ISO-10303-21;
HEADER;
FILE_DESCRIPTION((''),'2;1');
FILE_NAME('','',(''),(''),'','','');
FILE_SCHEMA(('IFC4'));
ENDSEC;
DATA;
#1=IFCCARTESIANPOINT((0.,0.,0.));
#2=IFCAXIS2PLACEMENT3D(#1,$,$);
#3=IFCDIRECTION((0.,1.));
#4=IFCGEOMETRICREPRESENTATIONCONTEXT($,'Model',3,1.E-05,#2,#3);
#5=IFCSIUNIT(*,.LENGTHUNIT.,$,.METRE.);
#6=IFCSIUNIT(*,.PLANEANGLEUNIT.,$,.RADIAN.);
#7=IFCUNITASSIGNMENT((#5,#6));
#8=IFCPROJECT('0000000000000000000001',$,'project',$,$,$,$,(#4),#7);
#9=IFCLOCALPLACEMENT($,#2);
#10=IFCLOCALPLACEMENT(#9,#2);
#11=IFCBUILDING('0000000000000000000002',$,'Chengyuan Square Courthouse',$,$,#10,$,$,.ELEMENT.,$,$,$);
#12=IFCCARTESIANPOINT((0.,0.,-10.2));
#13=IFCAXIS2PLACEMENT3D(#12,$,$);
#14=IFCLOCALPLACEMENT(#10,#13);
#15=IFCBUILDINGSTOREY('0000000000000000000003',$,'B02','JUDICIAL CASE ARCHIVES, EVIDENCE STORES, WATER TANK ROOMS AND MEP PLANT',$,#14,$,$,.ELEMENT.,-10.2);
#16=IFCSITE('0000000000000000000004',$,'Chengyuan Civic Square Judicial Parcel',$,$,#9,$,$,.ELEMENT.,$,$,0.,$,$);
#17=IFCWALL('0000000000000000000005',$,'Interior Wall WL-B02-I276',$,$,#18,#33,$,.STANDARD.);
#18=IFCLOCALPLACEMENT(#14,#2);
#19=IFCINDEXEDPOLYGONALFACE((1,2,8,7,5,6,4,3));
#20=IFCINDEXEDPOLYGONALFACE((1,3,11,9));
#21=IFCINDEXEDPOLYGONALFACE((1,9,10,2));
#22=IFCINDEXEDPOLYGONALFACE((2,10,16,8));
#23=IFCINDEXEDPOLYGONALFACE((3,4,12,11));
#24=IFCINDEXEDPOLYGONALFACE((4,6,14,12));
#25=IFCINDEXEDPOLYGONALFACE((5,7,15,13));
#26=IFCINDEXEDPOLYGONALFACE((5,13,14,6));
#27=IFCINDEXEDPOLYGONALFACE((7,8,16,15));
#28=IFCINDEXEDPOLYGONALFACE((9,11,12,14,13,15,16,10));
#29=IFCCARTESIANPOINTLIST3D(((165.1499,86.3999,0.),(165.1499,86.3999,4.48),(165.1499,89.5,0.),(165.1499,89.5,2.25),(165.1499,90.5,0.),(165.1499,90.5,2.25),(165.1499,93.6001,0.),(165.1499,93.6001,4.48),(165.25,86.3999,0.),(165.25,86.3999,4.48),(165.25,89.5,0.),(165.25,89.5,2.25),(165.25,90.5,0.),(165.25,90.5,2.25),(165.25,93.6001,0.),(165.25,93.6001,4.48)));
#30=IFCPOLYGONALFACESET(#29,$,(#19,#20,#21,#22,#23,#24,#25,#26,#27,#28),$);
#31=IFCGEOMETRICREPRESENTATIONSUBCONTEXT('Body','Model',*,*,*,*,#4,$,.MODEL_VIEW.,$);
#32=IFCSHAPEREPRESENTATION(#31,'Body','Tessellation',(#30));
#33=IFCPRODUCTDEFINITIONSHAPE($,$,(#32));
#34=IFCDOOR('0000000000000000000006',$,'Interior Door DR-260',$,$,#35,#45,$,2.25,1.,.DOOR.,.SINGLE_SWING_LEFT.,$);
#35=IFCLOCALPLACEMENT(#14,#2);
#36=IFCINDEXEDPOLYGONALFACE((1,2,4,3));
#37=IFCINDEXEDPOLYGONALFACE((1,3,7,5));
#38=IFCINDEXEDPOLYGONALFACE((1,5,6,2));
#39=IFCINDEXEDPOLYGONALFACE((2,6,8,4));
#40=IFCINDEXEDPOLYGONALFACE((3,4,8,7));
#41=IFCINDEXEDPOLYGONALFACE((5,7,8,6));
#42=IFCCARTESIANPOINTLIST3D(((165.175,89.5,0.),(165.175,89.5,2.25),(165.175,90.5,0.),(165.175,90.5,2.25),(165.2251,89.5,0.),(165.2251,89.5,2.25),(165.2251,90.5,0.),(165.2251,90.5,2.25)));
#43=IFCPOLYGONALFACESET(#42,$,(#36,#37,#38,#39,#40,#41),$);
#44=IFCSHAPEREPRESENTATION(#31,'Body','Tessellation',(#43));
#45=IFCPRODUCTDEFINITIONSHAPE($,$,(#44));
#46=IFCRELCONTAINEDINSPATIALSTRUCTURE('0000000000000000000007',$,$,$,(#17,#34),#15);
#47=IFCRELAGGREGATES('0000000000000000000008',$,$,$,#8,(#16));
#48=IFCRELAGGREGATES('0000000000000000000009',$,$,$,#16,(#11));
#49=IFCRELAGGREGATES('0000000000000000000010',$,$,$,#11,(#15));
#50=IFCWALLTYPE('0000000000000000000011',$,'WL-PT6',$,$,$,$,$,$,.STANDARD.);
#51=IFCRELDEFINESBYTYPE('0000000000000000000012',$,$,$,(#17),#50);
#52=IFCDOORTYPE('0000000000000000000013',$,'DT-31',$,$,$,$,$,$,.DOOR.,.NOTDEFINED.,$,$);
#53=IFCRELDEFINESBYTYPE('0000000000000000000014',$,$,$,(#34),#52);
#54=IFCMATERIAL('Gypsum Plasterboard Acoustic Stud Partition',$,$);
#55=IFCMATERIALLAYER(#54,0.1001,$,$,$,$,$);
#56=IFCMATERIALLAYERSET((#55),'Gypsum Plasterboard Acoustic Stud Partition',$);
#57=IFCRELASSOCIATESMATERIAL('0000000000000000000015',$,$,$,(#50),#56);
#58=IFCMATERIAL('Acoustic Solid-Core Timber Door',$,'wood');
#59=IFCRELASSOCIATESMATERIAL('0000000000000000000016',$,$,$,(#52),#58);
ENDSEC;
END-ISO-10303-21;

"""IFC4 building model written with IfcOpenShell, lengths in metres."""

from ifc_helpers import new_model, si_unit, direction, frame, frame_2d, origin, place, context, subcontext, project, spatial, rectangle, extrude, material, layer, layer_set, type_object, element, fill, save


model = new_model("IFC4")

# Units and contexts
model_context = context("Model", 3, precision=1e-05, world=origin(), true_north=direction((0.0, 1.0)))
body_context = subcontext(model_context, "Body", "Model", "MODEL_VIEW")
ifc_project = project(units=[si_unit("LENGTHUNIT", "METRE"), si_unit("PLANEANGLEUNIT", "RADIAN")], contexts=[model_context])

# Site, building, storey
site_placement = place(None, origin())
site = spatial("IfcSite", under=ifc_project, at=site_placement, Name="Chengyuan Civic Square Judicial Parcel", CompositionType="ELEMENT", RefElevation=0.0)
building_placement = place(site_placement, origin())
building = spatial("IfcBuilding", under=site, at=building_placement, Name="Chengyuan Square Courthouse", CompositionType="ELEMENT")
storey_placement = place(building_placement, frame((0.0, 0.0, -10.2)))
storey = spatial("IfcBuildingStorey", under=building, at=storey_placement, Name="B02", Description="JUDICIAL CASE ARCHIVES, EVIDENCE STORES, WATER TANK ROOMS AND MEP PLANT", CompositionType="ELEMENT", Elevation=-10.2)

# Shared definitions
ifc_material_1 = material(Name="Gypsum Plasterboard Acoustic Stud Partition")
ifc_layer_1 = layer(ifc_material_1, 0.1001)
ifc_layer_set_1 = layer_set([ifc_layer_1], Name="Gypsum Plasterboard Acoustic Stud Partition")
wall_type_1 = type_object("IfcWallType", Name="WL-PT6", PredefinedType="STANDARD", material=ifc_layer_set_1)
ifc_material_2 = material(Name="Acoustic Solid-Core Timber Door", Category="wood")
door_type_1 = type_object("IfcDoorType", Name="DT-31", OperationType="NOTDEFINED", PredefinedType="DOOR", material=ifc_material_2)

# Wall, opening, door
wall_1_placement = place(storey_placement, frame((165.2, 86.3999, 0.0), z_axis=(0.0, 0.0, 1.0), x_axis=(0.0, 1.0, 0.0)))
wall_1 = element("IfcWall", 1, at=wall_1_placement, inside=storey, type_object=wall_type_1, Name="Interior Wall WL-B02-I276", PredefinedType="STANDARD", context=body_context, shape_type="SweptSolid", body=[
    extrude(rectangle(XDim=7.2002, YDim=0.1001, at=frame_2d((3.6001, 0.0))), origin(), (0.0, 0.0, 1.0), 4.48),
])
opening_1_placement = place(wall_1_placement, frame((3.1001, 0.0, 0.0)))
opening_1 = element("IfcOpeningElement", 2, at=opening_1_placement, cuts=wall_1, PredefinedType="OPENING", context=body_context, shape_type="SweptSolid", body=[
    extrude(rectangle(XDim=1.0, YDim=2.25, at=frame_2d((0.5, 1.125))), frame((0.0, 0.062, 0.0), z_axis=(0.0, -1.0, 0.0), x_axis=(1.0, 0.0, 0.0)), (0.0, 0.0, 1.0), 0.124),
])
door_1_placement = place(opening_1_placement, origin())
door_1 = element("IfcDoor", 3, at=door_1_placement, inside=storey, type_object=door_type_1, Name="Interior Door DR-260", OperationType="SINGLE_SWING_LEFT", OverallHeight=2.25, OverallWidth=1.0, PredefinedType="DOOR", context=body_context, shape_type="SweptSolid", body=[
    extrude(rectangle(XDim=1.0, YDim=2.25, at=frame_2d((0.5, 1.125))), frame((0.0, 0.0249, 0.0), z_axis=(0.0, -1.0, 0.0), x_axis=(1.0, 0.0, 0.0)), (0.0, 0.0, 1.0), 0.05),
])
fill(opening_1, door_1)

save(model, "model.ifc")
